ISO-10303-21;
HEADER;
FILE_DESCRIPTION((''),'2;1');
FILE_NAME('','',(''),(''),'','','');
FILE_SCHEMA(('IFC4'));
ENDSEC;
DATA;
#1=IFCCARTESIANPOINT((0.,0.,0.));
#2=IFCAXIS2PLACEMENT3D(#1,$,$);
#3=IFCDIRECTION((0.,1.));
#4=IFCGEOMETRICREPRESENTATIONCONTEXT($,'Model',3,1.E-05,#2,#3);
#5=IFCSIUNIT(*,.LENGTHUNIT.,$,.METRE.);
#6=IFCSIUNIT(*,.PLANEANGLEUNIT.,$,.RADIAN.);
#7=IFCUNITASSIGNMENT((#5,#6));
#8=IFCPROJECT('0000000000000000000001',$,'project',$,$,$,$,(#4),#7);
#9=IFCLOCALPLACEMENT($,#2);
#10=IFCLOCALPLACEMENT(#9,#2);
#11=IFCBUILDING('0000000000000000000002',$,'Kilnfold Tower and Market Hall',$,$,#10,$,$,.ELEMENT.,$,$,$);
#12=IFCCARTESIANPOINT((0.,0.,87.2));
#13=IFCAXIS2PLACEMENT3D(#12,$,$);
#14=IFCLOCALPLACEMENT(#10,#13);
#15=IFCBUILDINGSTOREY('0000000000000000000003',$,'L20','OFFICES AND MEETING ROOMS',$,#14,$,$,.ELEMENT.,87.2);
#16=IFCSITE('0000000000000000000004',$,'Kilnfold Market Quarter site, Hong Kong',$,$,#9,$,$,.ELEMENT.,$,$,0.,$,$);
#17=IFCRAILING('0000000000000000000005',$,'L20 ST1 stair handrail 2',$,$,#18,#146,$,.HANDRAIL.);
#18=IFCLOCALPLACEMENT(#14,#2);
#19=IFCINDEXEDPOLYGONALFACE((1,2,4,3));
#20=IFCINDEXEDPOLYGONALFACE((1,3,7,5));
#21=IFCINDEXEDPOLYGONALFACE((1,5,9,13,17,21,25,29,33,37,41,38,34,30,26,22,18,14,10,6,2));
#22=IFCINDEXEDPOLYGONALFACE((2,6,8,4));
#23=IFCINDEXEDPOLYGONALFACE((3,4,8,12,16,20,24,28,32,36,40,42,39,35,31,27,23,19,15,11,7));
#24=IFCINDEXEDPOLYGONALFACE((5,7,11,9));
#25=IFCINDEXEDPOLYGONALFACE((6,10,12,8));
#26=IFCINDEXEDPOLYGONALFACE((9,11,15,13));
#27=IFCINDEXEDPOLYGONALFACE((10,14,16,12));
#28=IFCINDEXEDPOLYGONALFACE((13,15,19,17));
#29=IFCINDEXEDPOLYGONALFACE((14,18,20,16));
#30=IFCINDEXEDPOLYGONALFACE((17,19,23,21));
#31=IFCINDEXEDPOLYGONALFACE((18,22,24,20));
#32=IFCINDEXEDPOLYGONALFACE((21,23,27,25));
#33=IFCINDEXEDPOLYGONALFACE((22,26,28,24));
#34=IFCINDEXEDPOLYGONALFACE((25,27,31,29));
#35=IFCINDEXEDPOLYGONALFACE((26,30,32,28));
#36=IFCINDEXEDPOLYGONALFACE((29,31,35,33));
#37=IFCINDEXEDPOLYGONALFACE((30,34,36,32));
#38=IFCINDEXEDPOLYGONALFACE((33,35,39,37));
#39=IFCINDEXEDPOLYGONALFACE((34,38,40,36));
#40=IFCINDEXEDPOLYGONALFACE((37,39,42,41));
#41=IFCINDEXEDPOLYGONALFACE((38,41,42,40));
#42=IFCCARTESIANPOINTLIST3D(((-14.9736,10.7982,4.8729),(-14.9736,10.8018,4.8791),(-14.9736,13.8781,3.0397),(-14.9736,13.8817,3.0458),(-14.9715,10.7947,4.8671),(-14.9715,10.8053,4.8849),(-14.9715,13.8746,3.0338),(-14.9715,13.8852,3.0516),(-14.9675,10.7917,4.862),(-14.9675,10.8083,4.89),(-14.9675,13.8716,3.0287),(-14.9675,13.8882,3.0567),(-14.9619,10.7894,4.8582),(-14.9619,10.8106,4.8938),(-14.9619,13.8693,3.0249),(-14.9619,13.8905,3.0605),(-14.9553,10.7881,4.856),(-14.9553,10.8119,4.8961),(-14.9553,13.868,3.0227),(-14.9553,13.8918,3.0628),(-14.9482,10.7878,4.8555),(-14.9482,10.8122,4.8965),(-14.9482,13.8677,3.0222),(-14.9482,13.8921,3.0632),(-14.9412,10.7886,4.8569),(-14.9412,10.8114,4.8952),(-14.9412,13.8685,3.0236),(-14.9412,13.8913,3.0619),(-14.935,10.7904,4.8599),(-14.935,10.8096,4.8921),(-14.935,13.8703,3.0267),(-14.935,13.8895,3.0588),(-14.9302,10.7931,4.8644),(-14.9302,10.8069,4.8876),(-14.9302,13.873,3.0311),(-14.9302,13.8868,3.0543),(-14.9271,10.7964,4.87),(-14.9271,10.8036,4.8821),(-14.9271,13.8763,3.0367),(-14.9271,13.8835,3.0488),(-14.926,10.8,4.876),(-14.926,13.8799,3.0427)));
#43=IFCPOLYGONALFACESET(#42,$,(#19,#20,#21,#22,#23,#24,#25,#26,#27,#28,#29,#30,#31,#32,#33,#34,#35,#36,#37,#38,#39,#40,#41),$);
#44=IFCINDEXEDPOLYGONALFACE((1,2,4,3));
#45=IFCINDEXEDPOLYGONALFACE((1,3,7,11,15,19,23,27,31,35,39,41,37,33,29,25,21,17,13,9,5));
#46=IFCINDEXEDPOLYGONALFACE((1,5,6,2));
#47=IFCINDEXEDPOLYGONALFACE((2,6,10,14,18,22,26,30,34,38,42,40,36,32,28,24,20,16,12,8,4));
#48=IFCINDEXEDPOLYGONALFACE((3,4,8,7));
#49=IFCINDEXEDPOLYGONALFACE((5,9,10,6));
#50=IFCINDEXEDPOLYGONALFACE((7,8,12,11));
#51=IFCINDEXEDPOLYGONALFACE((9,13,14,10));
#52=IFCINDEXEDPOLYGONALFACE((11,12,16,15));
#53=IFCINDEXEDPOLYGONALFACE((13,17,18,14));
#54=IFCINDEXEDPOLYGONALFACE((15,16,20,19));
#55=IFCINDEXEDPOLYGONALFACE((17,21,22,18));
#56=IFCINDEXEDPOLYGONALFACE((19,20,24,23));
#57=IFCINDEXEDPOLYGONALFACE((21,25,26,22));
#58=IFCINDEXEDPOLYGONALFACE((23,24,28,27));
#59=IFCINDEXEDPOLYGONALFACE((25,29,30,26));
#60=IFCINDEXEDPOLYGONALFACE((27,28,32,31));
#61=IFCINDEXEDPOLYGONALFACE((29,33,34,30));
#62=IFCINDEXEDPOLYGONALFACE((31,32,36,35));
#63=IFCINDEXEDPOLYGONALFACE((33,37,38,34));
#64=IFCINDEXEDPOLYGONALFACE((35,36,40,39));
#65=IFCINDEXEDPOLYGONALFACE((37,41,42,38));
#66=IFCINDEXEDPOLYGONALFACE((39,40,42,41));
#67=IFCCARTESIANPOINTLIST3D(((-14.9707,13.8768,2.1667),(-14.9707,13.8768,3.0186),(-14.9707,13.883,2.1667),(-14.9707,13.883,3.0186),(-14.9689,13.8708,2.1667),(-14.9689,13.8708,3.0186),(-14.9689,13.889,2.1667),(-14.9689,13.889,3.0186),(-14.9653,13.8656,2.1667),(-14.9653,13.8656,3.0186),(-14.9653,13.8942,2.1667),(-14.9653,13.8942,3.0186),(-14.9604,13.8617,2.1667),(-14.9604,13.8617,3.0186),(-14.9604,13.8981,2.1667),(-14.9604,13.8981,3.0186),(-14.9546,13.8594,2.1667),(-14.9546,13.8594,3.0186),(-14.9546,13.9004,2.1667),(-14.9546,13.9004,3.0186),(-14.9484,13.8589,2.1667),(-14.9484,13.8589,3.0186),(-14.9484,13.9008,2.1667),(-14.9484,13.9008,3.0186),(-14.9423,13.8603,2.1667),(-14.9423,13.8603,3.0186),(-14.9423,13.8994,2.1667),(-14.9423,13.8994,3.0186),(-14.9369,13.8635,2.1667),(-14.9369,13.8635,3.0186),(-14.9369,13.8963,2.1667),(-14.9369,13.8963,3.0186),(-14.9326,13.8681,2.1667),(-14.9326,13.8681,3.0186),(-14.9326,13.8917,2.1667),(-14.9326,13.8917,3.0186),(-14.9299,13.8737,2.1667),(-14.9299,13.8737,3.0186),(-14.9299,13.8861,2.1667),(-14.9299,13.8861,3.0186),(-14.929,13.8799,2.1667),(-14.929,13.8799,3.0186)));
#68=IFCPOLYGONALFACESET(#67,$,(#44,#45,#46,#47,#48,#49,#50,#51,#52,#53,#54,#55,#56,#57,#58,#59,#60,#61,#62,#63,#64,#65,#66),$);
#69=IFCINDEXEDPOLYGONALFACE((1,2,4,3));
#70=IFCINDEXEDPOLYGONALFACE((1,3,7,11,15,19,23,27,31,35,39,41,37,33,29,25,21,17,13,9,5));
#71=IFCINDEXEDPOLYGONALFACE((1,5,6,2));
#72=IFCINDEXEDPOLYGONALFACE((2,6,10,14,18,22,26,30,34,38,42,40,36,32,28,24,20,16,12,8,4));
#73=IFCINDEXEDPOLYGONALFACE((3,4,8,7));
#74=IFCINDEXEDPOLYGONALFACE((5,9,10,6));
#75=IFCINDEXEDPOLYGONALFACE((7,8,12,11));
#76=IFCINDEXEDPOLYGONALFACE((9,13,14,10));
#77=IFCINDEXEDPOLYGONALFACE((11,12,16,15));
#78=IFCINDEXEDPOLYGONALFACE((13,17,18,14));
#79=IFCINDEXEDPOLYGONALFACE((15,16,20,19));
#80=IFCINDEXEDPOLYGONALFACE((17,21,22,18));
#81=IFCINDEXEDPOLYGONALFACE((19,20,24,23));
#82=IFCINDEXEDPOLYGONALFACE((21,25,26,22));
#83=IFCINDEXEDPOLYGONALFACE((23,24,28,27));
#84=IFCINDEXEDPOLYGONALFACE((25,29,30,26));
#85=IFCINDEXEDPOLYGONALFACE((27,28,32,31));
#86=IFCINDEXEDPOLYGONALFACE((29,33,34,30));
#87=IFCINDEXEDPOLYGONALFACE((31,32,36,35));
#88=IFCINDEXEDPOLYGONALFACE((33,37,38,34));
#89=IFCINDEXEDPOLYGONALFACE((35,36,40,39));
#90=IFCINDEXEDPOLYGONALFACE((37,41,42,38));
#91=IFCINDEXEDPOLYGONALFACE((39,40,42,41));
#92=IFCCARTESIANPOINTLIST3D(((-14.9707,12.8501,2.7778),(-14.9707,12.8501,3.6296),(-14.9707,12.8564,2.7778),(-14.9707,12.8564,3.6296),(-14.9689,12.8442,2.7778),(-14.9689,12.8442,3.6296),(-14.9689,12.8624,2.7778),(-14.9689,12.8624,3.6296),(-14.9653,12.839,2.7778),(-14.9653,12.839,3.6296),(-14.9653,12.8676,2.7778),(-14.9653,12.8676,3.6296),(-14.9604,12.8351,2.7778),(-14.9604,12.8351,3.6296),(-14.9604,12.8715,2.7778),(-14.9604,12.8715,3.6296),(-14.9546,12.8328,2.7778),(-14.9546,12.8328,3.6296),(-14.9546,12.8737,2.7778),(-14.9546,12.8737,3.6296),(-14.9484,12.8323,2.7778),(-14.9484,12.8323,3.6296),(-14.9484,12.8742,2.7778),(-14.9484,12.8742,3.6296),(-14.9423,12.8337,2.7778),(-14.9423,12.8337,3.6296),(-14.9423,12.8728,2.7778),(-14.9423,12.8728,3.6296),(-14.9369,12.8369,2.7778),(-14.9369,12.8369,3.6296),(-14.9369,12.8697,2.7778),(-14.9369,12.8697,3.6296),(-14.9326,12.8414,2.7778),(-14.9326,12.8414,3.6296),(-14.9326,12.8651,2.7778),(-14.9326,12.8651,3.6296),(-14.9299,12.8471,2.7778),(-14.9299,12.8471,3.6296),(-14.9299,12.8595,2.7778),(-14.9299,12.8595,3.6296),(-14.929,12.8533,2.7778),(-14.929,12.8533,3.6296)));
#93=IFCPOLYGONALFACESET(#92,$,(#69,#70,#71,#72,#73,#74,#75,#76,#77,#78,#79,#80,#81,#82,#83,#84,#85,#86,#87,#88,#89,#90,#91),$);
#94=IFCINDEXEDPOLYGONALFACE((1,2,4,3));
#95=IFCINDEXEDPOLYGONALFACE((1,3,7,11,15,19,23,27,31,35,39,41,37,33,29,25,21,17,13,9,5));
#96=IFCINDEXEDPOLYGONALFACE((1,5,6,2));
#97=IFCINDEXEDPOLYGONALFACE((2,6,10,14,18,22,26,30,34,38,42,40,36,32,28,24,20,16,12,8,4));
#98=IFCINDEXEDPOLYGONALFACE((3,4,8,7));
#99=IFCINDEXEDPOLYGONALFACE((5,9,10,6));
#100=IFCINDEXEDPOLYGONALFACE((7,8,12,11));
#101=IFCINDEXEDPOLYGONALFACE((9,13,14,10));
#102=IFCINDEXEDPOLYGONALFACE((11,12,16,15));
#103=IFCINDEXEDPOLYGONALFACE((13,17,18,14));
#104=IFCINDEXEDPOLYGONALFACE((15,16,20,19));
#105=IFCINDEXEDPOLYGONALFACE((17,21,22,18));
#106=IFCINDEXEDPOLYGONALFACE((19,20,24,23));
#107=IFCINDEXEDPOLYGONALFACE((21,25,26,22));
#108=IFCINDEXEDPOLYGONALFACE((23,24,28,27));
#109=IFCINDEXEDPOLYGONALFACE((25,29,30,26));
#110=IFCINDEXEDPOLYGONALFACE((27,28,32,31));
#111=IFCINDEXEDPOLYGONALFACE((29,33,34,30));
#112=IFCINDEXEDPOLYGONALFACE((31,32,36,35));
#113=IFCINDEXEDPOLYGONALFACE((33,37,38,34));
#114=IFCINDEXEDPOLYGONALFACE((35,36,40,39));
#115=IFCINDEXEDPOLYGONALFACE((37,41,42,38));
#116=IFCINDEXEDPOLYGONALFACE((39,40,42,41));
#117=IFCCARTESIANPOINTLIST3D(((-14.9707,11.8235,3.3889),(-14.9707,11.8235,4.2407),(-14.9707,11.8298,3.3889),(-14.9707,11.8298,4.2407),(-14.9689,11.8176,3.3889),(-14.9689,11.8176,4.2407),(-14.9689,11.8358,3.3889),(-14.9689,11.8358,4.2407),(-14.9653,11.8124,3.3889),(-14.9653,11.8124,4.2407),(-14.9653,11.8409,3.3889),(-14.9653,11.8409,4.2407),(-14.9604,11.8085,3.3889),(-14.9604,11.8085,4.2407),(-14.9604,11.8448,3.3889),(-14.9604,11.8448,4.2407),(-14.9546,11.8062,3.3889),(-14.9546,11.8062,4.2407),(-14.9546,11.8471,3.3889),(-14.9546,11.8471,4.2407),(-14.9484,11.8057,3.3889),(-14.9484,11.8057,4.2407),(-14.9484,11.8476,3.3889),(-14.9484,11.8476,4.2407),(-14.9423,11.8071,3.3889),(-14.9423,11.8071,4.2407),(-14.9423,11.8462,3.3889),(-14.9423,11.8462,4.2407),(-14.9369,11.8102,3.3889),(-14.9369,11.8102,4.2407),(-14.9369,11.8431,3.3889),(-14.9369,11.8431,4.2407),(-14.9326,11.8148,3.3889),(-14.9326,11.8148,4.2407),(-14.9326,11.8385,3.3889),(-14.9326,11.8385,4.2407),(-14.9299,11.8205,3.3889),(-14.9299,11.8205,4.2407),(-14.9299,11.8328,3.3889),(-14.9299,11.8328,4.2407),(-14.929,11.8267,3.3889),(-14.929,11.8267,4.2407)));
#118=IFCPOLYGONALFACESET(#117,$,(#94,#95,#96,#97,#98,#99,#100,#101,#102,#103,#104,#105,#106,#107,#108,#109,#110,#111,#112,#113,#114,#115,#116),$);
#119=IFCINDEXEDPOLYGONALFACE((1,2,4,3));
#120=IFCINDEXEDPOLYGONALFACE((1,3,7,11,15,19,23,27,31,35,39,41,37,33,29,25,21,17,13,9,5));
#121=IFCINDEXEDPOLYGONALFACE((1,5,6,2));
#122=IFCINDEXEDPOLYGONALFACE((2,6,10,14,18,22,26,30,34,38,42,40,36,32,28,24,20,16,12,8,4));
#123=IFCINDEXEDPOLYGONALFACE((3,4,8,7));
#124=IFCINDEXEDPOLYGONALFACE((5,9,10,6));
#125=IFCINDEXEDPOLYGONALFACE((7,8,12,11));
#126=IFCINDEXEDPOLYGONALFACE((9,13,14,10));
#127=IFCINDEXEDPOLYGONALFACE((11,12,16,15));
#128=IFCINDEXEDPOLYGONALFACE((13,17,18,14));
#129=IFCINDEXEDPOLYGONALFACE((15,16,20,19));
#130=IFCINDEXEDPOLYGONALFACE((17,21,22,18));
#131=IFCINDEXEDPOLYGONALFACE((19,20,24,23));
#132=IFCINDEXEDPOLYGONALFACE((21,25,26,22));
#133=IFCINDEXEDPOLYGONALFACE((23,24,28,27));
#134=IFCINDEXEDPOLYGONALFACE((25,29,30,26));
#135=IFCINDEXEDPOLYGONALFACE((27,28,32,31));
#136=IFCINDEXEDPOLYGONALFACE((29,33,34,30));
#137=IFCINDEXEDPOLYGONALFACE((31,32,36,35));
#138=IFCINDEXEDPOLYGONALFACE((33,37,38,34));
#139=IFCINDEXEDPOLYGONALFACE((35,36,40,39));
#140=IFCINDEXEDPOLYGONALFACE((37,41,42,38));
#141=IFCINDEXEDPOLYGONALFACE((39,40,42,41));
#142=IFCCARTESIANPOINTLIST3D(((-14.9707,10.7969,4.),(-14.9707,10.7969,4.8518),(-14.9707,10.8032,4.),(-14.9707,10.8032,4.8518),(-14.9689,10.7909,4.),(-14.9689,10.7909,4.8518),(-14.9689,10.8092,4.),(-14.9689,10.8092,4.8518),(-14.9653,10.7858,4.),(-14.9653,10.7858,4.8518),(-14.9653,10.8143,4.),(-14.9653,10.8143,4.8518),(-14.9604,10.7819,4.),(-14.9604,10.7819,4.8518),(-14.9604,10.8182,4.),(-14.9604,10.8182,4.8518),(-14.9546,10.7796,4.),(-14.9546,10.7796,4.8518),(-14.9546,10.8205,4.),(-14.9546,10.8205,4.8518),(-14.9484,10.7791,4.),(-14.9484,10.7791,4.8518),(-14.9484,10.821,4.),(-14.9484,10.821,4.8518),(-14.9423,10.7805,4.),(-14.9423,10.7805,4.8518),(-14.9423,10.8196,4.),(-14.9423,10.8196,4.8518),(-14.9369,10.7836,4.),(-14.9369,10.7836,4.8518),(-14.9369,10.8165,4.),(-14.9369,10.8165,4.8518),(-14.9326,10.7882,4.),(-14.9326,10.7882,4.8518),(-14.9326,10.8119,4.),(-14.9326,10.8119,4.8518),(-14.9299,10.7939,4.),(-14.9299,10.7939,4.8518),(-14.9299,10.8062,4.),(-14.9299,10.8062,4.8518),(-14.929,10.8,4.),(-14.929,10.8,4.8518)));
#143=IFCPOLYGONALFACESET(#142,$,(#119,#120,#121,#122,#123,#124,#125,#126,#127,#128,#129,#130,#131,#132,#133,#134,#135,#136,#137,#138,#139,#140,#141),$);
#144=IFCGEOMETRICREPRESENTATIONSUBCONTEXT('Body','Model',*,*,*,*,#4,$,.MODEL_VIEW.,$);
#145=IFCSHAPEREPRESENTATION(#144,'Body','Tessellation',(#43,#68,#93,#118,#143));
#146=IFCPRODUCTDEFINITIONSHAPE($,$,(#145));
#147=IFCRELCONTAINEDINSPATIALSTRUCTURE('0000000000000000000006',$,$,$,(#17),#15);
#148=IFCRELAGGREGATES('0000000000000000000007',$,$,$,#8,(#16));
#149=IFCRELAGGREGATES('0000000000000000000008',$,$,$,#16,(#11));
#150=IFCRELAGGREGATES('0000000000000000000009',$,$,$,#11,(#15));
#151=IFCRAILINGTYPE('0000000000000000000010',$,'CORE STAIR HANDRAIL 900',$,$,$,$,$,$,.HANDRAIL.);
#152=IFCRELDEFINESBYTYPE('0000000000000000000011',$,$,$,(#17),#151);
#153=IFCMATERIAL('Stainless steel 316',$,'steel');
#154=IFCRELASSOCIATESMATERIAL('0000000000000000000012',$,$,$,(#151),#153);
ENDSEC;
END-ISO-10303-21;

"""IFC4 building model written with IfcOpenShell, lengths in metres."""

from ifc_helpers import new_model, si_unit, direction, frame, origin, origin_2d, place, context, subcontext, project, spatial, circle, extrude, material, type_object, element, save


model = new_model("IFC4")

# Units and contexts
model_context = context("Model", 3, precision=1e-05, world=origin(), true_north=direction((0.0, 1.0)))
body_context = subcontext(model_context, "Body", "Model", "MODEL_VIEW")
ifc_project = project(units=[si_unit("LENGTHUNIT", "METRE"), si_unit("PLANEANGLEUNIT", "RADIAN")], contexts=[model_context])

# Site, building, storey
site_placement = place(None, origin())
site = spatial("IfcSite", under=ifc_project, at=site_placement, Name="Kilnfold Market Quarter site, Hong Kong", CompositionType="ELEMENT", RefElevation=0.0)
building_placement = place(site_placement, origin())
building = spatial("IfcBuilding", under=site, at=building_placement, Name="Kilnfold Tower and Market Hall", CompositionType="ELEMENT")
storey_placement = place(building_placement, frame((0.0, 0.0, 87.2)))
storey = spatial("IfcBuildingStorey", under=building, at=storey_placement, Name="L20", Description="OFFICES AND MEETING ROOMS", CompositionType="ELEMENT", Elevation=87.2)

# Railing
ifc_material_1 = material(Name="Stainless steel 316", Category="steel")
railing_type_1 = type_object("IfcRailingType", Name="CORE STAIR HANDRAIL 900", PredefinedType="HANDRAIL", material=ifc_material_1)
railing_1_placement = place(storey_placement, frame((-14.95, 13.8799, 2.1667)))
element("IfcRailing", 1, at=railing_1_placement, inside=storey, type_object=railing_type_1, Name="L20 ST1 stair handrail 2", PredefinedType="HANDRAIL", context=body_context, shape_type="SweptSolid", body=[
    extrude(circle(Radius=0.0239, at=origin_2d()), frame((0.0, 0.0, 0.876), z_axis=(0.0, -0.859291, 0.511487), x_axis=(1.0, 0.0, 0.0)), (0.0, 0.0, 1.0), 3.5842),
    extrude(circle(Radius=0.021, at=origin_2d()), origin(), (0.0, 0.0, 1.0), 0.8518),
    extrude(circle(Radius=0.021, at=origin_2d()), frame((0.0, -1.0266, 0.6111)), (0.0, 0.0, 1.0), 0.8518),
    extrude(circle(Radius=0.021, at=origin_2d()), frame((0.0, -2.0532, 1.2222)), (0.0, 0.0, 1.0), 0.8518),
    extrude(circle(Radius=0.021, at=origin_2d()), frame((0.0, -3.0798, 1.8333)), (0.0, 0.0, 1.0), 0.8518),
])

save(model, "model.ifc")
